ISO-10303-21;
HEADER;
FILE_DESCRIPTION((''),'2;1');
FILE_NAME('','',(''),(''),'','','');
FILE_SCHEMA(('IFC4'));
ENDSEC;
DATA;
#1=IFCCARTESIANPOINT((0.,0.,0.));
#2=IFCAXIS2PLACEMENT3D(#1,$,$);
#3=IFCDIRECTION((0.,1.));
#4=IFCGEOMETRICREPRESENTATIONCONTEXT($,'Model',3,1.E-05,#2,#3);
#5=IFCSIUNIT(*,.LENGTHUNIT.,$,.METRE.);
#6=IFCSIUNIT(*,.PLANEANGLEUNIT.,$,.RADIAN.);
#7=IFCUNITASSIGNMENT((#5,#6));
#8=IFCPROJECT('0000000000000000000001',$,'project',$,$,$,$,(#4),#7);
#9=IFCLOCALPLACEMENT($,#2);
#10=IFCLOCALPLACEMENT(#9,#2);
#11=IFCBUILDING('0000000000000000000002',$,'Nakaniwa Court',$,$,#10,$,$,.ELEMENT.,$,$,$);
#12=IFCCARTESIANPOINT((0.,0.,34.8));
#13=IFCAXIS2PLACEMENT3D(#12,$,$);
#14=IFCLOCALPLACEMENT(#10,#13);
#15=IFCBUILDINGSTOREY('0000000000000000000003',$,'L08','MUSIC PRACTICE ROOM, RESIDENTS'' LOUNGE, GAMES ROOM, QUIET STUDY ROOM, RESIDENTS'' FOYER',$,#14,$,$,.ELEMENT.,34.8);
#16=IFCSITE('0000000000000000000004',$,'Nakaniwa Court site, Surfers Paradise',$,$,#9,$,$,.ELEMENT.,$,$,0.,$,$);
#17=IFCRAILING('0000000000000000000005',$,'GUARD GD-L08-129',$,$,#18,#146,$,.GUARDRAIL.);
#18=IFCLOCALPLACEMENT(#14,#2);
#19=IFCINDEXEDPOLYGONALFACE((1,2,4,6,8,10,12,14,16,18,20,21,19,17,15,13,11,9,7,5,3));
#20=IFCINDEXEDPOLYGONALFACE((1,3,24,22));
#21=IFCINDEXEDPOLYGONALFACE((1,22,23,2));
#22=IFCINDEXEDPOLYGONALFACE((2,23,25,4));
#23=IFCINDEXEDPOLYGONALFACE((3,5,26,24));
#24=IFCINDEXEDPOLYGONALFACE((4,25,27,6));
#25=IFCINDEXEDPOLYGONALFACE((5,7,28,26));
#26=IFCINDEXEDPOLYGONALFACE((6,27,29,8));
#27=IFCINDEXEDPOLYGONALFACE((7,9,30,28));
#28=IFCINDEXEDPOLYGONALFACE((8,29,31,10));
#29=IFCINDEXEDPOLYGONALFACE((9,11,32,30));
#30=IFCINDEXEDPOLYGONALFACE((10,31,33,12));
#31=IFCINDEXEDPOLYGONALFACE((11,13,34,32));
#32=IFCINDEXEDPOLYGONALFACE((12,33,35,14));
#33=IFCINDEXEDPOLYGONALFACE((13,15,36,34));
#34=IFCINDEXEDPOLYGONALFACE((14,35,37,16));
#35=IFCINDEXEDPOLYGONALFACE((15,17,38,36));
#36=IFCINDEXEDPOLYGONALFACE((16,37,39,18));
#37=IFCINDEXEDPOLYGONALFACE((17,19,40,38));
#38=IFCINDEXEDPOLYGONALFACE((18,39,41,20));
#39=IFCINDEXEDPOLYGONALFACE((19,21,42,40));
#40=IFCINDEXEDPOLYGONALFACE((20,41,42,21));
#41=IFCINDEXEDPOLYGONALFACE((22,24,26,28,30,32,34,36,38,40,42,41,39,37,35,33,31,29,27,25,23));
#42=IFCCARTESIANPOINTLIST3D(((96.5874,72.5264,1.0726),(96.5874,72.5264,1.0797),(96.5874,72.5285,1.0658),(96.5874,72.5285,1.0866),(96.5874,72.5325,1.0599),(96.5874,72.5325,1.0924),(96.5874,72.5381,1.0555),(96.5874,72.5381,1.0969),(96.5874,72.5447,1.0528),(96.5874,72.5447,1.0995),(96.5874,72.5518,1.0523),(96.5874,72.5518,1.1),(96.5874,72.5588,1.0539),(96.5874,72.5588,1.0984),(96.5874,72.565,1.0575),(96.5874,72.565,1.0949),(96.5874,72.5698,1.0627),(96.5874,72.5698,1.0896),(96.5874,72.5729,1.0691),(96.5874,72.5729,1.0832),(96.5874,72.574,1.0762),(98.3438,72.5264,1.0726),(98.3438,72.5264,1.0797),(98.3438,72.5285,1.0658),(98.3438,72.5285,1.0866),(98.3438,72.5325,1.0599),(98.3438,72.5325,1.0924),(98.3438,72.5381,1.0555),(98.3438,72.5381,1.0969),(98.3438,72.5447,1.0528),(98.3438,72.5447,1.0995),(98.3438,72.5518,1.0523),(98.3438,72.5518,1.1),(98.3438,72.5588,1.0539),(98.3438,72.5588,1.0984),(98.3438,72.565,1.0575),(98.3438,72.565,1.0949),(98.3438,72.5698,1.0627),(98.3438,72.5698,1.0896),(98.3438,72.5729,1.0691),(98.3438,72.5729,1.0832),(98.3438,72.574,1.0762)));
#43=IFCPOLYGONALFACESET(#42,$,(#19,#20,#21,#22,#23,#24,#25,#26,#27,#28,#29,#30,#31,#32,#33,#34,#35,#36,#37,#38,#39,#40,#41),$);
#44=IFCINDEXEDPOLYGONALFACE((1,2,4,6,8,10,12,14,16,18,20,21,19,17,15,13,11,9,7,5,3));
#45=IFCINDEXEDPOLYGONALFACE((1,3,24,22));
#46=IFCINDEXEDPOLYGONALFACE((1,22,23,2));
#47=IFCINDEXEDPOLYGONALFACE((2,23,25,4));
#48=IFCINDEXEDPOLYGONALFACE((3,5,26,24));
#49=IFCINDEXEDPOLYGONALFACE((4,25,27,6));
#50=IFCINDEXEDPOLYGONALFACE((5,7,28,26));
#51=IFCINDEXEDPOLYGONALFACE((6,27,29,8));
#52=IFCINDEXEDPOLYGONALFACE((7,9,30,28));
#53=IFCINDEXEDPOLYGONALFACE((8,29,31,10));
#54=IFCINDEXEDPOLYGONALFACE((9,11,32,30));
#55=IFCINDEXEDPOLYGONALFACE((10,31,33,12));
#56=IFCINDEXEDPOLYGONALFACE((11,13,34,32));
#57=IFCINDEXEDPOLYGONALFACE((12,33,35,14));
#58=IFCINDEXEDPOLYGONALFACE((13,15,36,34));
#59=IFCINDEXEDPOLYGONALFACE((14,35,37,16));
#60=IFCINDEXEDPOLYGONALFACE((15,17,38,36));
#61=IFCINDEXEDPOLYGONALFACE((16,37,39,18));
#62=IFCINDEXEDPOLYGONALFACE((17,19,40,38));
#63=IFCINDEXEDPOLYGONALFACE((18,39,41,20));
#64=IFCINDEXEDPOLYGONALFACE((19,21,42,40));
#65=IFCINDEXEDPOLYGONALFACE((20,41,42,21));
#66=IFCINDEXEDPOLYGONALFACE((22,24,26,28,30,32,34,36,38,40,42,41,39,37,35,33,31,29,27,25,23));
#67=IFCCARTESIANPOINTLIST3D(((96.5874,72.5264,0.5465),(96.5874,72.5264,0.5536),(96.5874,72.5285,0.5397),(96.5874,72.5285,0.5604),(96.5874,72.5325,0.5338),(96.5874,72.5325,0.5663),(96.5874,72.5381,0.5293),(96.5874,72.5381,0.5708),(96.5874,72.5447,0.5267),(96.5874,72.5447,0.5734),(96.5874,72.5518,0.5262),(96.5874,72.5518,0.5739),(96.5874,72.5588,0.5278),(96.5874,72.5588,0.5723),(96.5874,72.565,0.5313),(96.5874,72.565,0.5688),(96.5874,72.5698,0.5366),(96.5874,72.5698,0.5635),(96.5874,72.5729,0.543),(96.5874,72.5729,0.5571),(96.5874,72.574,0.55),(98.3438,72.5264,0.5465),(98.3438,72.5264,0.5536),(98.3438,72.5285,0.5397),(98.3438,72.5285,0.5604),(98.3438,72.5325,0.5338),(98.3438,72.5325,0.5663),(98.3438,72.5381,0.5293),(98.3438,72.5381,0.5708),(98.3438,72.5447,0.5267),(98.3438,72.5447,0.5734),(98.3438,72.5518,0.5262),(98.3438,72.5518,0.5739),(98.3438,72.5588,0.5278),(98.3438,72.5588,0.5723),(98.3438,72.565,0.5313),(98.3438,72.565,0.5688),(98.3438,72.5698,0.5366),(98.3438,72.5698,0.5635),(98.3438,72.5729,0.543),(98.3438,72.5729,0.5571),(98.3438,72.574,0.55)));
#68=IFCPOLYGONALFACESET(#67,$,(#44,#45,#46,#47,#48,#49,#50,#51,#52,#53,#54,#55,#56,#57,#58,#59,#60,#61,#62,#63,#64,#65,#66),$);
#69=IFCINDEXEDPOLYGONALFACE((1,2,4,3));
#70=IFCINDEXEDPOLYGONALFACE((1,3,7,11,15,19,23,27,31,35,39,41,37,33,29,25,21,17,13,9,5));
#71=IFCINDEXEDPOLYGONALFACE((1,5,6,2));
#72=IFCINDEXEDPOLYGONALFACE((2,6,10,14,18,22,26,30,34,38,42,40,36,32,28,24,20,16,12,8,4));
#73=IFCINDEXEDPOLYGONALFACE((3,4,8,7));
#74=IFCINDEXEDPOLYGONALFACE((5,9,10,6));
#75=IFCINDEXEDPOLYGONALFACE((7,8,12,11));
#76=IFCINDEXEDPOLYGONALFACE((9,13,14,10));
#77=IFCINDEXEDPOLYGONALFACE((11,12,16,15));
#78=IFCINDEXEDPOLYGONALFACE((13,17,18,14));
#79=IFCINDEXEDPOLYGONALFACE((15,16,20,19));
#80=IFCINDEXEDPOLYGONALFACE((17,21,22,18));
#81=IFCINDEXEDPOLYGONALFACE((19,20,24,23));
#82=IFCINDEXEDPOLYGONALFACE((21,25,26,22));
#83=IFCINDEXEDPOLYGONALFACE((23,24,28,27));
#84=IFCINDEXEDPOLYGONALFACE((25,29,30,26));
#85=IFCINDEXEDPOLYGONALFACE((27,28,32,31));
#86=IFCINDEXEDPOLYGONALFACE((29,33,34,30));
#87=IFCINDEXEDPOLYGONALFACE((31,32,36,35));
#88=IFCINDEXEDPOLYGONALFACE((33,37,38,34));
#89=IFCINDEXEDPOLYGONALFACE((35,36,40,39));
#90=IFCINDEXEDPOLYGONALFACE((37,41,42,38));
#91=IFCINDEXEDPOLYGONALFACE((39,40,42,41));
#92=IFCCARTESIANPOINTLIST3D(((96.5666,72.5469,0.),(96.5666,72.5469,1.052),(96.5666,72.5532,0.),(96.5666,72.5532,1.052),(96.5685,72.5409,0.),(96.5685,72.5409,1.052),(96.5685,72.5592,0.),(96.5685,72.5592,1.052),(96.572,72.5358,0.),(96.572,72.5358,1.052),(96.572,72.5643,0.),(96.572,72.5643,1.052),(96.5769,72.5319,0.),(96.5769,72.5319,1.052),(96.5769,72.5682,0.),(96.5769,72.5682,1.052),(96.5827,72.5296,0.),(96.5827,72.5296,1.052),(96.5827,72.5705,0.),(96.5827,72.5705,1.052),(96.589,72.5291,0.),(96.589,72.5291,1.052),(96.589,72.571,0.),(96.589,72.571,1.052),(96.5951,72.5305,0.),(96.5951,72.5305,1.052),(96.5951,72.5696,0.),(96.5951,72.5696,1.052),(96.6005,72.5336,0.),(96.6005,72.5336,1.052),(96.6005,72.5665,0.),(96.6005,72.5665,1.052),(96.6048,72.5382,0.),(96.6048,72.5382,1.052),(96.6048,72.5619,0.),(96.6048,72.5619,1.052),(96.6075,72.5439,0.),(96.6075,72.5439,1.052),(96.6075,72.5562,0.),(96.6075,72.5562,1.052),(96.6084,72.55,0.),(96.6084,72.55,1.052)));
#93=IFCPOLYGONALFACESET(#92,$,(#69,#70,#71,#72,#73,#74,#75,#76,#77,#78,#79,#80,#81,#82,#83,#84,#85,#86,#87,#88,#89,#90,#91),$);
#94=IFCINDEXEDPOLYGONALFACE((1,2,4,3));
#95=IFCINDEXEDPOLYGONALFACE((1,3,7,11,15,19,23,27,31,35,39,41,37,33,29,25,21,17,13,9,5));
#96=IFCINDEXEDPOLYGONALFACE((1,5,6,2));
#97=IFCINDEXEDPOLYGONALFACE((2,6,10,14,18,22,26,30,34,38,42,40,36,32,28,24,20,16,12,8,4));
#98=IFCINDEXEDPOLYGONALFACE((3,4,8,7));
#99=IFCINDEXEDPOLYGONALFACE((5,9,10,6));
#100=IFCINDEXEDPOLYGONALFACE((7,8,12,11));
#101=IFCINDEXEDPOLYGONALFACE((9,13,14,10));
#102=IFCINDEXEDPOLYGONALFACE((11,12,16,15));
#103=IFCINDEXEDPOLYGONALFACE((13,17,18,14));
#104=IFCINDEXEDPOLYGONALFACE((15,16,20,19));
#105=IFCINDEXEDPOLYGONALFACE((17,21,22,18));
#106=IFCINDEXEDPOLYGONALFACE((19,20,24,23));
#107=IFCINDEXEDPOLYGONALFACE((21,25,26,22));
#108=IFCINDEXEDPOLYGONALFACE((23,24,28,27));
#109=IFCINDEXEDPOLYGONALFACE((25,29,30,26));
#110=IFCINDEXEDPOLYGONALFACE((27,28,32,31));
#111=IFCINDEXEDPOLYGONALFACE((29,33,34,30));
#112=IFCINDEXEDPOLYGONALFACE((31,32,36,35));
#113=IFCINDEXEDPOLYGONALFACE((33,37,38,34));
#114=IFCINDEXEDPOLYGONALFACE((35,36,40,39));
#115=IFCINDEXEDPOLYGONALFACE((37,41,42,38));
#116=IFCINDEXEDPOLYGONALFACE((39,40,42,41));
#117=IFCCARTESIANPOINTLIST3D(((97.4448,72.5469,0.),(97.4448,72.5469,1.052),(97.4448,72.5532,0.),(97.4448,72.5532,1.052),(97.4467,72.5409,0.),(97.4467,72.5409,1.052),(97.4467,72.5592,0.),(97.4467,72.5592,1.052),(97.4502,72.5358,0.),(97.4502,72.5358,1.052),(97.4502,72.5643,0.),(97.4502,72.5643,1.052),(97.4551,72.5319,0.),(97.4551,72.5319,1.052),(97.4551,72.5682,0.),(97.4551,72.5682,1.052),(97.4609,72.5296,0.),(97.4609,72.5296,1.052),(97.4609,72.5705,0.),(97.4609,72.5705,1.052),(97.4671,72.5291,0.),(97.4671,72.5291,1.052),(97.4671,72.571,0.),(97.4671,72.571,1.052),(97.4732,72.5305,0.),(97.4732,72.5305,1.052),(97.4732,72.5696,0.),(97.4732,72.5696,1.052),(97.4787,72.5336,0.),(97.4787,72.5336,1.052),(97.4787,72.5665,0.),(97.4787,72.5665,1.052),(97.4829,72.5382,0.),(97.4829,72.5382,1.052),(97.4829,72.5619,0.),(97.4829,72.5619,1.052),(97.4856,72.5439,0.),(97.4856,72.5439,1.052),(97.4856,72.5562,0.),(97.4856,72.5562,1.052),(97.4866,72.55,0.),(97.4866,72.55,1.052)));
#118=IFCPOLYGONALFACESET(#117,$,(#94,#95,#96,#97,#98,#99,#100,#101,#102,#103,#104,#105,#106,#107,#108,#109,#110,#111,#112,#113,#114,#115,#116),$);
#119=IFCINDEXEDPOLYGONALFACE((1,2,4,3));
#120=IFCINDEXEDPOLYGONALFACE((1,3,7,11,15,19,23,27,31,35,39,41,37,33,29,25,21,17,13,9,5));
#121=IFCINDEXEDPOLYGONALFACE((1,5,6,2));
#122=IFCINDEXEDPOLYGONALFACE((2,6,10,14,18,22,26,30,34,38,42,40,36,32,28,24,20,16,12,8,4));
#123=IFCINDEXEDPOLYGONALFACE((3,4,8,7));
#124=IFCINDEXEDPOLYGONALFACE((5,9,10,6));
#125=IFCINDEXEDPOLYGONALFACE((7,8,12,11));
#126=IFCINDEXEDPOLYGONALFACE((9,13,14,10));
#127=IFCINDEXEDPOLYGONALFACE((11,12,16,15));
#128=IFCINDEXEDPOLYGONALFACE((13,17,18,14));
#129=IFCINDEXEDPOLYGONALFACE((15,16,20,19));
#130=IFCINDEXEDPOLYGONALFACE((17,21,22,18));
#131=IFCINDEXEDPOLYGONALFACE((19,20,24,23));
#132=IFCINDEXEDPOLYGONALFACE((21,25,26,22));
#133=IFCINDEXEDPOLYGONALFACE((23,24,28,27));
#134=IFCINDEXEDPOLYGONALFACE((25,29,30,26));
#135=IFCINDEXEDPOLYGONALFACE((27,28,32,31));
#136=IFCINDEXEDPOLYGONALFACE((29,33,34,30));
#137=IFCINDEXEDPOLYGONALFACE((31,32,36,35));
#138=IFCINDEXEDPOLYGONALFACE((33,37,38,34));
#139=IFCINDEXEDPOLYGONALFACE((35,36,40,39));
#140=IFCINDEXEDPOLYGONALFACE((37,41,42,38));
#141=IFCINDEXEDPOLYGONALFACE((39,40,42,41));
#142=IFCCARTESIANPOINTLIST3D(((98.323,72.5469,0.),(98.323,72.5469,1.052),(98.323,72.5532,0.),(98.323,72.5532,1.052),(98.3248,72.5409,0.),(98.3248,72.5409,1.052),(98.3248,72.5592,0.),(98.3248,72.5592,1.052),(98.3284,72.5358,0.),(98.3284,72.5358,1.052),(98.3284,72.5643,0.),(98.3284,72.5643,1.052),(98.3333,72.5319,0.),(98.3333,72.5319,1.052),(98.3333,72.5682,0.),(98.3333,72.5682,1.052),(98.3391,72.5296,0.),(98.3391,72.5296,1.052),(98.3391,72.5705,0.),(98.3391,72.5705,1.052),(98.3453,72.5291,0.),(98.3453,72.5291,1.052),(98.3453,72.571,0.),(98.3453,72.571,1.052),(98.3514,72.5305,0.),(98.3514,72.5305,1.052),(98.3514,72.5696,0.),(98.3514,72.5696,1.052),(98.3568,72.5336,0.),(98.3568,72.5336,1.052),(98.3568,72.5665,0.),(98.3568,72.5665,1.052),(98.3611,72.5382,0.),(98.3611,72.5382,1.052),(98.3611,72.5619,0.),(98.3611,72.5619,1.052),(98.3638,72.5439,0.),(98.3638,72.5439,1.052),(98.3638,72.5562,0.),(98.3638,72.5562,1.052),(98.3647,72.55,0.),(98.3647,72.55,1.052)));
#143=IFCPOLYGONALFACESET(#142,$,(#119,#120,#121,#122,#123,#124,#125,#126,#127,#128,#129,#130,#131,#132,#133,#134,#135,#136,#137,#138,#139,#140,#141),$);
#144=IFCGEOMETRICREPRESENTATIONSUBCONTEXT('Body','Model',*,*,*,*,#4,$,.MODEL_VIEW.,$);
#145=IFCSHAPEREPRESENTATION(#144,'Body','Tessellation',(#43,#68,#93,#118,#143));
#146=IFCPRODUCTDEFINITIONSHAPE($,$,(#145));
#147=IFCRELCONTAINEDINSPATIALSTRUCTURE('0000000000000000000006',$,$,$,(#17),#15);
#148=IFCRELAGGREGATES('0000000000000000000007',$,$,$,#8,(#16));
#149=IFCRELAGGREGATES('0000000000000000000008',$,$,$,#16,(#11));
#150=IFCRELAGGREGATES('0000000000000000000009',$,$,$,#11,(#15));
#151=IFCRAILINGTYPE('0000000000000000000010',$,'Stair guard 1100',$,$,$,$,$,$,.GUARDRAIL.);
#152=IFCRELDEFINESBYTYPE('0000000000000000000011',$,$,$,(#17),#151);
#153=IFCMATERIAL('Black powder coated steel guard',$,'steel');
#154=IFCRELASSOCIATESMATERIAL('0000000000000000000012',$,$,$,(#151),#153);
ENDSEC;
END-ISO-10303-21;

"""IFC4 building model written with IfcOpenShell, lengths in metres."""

from ifc_helpers import new_model, si_unit, direction, frame, origin, origin_2d, place, context, subcontext, project, spatial, circle, extrude, material, type_object, element, save


model = new_model("IFC4")

# Units and contexts
model_context = context("Model", 3, precision=1e-05, world=origin(), true_north=direction((0.0, 1.0)))
body_context = subcontext(model_context, "Body", "Model", "MODEL_VIEW")
ifc_project = project(units=[si_unit("LENGTHUNIT", "METRE"), si_unit("PLANEANGLEUNIT", "RADIAN")], contexts=[model_context])

# Site, building, storey
site_placement = place(None, origin())
site = spatial("IfcSite", under=ifc_project, at=site_placement, Name="Nakaniwa Court site, Surfers Paradise", CompositionType="ELEMENT", RefElevation=0.0)
building_placement = place(site_placement, origin())
building = spatial("IfcBuilding", under=site, at=building_placement, Name="Nakaniwa Court", CompositionType="ELEMENT")
storey_placement = place(building_placement, frame((0.0, 0.0, 34.8)))
storey = spatial("IfcBuildingStorey", under=building, at=storey_placement, Name="L08", Description="MUSIC PRACTICE ROOM, RESIDENTS' LOUNGE, GAMES ROOM, QUIET STUDY ROOM, RESIDENTS' FOYER", CompositionType="ELEMENT", Elevation=34.8)

# Railing
ifc_material_1 = material(Name="Black powder coated steel guard", Category="steel")
railing_type = type_object("IfcRailingType", Name="Stair guard 1100", PredefinedType="GUARDRAIL", material=ifc_material_1)
railing_placement = place(storey_placement, frame((96.5874, 72.55, 0.0)))
element("IfcRailing", 1, at=railing_placement, inside=storey, type_object=railing_type, Name="GUARD GD-L08-129", PredefinedType="GUARDRAIL", context=body_context, shape_type="SweptSolid", body=[
    extrude(circle(Radius=0.0239, at=origin_2d()), frame((0.0, 0.0, 1.0762), z_axis=(1.0, 0.0, 0.0), x_axis=(0.0, 1.0, 0.0)), (0.0, 0.0, 1.0), 1.7563),
    extrude(circle(Radius=0.0239, at=origin_2d()), frame((0.0, 0.0, 0.55), z_axis=(1.0, 0.0, 0.0), x_axis=(0.0, 1.0, 0.0)), (0.0, 0.0, 1.0), 1.7563),
    extrude(circle(Radius=0.021, at=origin_2d()), origin(), (0.0, 0.0, 1.0), 1.052),
    extrude(circle(Radius=0.021, at=origin_2d()), frame((0.8782, 0.0, 0.0)), (0.0, 0.0, 1.0), 1.052),
    extrude(circle(Radius=0.021, at=origin_2d()), frame((1.7563, 0.0, 0.0)), (0.0, 0.0, 1.0), 1.052),
])

save(model, "model.ifc")
